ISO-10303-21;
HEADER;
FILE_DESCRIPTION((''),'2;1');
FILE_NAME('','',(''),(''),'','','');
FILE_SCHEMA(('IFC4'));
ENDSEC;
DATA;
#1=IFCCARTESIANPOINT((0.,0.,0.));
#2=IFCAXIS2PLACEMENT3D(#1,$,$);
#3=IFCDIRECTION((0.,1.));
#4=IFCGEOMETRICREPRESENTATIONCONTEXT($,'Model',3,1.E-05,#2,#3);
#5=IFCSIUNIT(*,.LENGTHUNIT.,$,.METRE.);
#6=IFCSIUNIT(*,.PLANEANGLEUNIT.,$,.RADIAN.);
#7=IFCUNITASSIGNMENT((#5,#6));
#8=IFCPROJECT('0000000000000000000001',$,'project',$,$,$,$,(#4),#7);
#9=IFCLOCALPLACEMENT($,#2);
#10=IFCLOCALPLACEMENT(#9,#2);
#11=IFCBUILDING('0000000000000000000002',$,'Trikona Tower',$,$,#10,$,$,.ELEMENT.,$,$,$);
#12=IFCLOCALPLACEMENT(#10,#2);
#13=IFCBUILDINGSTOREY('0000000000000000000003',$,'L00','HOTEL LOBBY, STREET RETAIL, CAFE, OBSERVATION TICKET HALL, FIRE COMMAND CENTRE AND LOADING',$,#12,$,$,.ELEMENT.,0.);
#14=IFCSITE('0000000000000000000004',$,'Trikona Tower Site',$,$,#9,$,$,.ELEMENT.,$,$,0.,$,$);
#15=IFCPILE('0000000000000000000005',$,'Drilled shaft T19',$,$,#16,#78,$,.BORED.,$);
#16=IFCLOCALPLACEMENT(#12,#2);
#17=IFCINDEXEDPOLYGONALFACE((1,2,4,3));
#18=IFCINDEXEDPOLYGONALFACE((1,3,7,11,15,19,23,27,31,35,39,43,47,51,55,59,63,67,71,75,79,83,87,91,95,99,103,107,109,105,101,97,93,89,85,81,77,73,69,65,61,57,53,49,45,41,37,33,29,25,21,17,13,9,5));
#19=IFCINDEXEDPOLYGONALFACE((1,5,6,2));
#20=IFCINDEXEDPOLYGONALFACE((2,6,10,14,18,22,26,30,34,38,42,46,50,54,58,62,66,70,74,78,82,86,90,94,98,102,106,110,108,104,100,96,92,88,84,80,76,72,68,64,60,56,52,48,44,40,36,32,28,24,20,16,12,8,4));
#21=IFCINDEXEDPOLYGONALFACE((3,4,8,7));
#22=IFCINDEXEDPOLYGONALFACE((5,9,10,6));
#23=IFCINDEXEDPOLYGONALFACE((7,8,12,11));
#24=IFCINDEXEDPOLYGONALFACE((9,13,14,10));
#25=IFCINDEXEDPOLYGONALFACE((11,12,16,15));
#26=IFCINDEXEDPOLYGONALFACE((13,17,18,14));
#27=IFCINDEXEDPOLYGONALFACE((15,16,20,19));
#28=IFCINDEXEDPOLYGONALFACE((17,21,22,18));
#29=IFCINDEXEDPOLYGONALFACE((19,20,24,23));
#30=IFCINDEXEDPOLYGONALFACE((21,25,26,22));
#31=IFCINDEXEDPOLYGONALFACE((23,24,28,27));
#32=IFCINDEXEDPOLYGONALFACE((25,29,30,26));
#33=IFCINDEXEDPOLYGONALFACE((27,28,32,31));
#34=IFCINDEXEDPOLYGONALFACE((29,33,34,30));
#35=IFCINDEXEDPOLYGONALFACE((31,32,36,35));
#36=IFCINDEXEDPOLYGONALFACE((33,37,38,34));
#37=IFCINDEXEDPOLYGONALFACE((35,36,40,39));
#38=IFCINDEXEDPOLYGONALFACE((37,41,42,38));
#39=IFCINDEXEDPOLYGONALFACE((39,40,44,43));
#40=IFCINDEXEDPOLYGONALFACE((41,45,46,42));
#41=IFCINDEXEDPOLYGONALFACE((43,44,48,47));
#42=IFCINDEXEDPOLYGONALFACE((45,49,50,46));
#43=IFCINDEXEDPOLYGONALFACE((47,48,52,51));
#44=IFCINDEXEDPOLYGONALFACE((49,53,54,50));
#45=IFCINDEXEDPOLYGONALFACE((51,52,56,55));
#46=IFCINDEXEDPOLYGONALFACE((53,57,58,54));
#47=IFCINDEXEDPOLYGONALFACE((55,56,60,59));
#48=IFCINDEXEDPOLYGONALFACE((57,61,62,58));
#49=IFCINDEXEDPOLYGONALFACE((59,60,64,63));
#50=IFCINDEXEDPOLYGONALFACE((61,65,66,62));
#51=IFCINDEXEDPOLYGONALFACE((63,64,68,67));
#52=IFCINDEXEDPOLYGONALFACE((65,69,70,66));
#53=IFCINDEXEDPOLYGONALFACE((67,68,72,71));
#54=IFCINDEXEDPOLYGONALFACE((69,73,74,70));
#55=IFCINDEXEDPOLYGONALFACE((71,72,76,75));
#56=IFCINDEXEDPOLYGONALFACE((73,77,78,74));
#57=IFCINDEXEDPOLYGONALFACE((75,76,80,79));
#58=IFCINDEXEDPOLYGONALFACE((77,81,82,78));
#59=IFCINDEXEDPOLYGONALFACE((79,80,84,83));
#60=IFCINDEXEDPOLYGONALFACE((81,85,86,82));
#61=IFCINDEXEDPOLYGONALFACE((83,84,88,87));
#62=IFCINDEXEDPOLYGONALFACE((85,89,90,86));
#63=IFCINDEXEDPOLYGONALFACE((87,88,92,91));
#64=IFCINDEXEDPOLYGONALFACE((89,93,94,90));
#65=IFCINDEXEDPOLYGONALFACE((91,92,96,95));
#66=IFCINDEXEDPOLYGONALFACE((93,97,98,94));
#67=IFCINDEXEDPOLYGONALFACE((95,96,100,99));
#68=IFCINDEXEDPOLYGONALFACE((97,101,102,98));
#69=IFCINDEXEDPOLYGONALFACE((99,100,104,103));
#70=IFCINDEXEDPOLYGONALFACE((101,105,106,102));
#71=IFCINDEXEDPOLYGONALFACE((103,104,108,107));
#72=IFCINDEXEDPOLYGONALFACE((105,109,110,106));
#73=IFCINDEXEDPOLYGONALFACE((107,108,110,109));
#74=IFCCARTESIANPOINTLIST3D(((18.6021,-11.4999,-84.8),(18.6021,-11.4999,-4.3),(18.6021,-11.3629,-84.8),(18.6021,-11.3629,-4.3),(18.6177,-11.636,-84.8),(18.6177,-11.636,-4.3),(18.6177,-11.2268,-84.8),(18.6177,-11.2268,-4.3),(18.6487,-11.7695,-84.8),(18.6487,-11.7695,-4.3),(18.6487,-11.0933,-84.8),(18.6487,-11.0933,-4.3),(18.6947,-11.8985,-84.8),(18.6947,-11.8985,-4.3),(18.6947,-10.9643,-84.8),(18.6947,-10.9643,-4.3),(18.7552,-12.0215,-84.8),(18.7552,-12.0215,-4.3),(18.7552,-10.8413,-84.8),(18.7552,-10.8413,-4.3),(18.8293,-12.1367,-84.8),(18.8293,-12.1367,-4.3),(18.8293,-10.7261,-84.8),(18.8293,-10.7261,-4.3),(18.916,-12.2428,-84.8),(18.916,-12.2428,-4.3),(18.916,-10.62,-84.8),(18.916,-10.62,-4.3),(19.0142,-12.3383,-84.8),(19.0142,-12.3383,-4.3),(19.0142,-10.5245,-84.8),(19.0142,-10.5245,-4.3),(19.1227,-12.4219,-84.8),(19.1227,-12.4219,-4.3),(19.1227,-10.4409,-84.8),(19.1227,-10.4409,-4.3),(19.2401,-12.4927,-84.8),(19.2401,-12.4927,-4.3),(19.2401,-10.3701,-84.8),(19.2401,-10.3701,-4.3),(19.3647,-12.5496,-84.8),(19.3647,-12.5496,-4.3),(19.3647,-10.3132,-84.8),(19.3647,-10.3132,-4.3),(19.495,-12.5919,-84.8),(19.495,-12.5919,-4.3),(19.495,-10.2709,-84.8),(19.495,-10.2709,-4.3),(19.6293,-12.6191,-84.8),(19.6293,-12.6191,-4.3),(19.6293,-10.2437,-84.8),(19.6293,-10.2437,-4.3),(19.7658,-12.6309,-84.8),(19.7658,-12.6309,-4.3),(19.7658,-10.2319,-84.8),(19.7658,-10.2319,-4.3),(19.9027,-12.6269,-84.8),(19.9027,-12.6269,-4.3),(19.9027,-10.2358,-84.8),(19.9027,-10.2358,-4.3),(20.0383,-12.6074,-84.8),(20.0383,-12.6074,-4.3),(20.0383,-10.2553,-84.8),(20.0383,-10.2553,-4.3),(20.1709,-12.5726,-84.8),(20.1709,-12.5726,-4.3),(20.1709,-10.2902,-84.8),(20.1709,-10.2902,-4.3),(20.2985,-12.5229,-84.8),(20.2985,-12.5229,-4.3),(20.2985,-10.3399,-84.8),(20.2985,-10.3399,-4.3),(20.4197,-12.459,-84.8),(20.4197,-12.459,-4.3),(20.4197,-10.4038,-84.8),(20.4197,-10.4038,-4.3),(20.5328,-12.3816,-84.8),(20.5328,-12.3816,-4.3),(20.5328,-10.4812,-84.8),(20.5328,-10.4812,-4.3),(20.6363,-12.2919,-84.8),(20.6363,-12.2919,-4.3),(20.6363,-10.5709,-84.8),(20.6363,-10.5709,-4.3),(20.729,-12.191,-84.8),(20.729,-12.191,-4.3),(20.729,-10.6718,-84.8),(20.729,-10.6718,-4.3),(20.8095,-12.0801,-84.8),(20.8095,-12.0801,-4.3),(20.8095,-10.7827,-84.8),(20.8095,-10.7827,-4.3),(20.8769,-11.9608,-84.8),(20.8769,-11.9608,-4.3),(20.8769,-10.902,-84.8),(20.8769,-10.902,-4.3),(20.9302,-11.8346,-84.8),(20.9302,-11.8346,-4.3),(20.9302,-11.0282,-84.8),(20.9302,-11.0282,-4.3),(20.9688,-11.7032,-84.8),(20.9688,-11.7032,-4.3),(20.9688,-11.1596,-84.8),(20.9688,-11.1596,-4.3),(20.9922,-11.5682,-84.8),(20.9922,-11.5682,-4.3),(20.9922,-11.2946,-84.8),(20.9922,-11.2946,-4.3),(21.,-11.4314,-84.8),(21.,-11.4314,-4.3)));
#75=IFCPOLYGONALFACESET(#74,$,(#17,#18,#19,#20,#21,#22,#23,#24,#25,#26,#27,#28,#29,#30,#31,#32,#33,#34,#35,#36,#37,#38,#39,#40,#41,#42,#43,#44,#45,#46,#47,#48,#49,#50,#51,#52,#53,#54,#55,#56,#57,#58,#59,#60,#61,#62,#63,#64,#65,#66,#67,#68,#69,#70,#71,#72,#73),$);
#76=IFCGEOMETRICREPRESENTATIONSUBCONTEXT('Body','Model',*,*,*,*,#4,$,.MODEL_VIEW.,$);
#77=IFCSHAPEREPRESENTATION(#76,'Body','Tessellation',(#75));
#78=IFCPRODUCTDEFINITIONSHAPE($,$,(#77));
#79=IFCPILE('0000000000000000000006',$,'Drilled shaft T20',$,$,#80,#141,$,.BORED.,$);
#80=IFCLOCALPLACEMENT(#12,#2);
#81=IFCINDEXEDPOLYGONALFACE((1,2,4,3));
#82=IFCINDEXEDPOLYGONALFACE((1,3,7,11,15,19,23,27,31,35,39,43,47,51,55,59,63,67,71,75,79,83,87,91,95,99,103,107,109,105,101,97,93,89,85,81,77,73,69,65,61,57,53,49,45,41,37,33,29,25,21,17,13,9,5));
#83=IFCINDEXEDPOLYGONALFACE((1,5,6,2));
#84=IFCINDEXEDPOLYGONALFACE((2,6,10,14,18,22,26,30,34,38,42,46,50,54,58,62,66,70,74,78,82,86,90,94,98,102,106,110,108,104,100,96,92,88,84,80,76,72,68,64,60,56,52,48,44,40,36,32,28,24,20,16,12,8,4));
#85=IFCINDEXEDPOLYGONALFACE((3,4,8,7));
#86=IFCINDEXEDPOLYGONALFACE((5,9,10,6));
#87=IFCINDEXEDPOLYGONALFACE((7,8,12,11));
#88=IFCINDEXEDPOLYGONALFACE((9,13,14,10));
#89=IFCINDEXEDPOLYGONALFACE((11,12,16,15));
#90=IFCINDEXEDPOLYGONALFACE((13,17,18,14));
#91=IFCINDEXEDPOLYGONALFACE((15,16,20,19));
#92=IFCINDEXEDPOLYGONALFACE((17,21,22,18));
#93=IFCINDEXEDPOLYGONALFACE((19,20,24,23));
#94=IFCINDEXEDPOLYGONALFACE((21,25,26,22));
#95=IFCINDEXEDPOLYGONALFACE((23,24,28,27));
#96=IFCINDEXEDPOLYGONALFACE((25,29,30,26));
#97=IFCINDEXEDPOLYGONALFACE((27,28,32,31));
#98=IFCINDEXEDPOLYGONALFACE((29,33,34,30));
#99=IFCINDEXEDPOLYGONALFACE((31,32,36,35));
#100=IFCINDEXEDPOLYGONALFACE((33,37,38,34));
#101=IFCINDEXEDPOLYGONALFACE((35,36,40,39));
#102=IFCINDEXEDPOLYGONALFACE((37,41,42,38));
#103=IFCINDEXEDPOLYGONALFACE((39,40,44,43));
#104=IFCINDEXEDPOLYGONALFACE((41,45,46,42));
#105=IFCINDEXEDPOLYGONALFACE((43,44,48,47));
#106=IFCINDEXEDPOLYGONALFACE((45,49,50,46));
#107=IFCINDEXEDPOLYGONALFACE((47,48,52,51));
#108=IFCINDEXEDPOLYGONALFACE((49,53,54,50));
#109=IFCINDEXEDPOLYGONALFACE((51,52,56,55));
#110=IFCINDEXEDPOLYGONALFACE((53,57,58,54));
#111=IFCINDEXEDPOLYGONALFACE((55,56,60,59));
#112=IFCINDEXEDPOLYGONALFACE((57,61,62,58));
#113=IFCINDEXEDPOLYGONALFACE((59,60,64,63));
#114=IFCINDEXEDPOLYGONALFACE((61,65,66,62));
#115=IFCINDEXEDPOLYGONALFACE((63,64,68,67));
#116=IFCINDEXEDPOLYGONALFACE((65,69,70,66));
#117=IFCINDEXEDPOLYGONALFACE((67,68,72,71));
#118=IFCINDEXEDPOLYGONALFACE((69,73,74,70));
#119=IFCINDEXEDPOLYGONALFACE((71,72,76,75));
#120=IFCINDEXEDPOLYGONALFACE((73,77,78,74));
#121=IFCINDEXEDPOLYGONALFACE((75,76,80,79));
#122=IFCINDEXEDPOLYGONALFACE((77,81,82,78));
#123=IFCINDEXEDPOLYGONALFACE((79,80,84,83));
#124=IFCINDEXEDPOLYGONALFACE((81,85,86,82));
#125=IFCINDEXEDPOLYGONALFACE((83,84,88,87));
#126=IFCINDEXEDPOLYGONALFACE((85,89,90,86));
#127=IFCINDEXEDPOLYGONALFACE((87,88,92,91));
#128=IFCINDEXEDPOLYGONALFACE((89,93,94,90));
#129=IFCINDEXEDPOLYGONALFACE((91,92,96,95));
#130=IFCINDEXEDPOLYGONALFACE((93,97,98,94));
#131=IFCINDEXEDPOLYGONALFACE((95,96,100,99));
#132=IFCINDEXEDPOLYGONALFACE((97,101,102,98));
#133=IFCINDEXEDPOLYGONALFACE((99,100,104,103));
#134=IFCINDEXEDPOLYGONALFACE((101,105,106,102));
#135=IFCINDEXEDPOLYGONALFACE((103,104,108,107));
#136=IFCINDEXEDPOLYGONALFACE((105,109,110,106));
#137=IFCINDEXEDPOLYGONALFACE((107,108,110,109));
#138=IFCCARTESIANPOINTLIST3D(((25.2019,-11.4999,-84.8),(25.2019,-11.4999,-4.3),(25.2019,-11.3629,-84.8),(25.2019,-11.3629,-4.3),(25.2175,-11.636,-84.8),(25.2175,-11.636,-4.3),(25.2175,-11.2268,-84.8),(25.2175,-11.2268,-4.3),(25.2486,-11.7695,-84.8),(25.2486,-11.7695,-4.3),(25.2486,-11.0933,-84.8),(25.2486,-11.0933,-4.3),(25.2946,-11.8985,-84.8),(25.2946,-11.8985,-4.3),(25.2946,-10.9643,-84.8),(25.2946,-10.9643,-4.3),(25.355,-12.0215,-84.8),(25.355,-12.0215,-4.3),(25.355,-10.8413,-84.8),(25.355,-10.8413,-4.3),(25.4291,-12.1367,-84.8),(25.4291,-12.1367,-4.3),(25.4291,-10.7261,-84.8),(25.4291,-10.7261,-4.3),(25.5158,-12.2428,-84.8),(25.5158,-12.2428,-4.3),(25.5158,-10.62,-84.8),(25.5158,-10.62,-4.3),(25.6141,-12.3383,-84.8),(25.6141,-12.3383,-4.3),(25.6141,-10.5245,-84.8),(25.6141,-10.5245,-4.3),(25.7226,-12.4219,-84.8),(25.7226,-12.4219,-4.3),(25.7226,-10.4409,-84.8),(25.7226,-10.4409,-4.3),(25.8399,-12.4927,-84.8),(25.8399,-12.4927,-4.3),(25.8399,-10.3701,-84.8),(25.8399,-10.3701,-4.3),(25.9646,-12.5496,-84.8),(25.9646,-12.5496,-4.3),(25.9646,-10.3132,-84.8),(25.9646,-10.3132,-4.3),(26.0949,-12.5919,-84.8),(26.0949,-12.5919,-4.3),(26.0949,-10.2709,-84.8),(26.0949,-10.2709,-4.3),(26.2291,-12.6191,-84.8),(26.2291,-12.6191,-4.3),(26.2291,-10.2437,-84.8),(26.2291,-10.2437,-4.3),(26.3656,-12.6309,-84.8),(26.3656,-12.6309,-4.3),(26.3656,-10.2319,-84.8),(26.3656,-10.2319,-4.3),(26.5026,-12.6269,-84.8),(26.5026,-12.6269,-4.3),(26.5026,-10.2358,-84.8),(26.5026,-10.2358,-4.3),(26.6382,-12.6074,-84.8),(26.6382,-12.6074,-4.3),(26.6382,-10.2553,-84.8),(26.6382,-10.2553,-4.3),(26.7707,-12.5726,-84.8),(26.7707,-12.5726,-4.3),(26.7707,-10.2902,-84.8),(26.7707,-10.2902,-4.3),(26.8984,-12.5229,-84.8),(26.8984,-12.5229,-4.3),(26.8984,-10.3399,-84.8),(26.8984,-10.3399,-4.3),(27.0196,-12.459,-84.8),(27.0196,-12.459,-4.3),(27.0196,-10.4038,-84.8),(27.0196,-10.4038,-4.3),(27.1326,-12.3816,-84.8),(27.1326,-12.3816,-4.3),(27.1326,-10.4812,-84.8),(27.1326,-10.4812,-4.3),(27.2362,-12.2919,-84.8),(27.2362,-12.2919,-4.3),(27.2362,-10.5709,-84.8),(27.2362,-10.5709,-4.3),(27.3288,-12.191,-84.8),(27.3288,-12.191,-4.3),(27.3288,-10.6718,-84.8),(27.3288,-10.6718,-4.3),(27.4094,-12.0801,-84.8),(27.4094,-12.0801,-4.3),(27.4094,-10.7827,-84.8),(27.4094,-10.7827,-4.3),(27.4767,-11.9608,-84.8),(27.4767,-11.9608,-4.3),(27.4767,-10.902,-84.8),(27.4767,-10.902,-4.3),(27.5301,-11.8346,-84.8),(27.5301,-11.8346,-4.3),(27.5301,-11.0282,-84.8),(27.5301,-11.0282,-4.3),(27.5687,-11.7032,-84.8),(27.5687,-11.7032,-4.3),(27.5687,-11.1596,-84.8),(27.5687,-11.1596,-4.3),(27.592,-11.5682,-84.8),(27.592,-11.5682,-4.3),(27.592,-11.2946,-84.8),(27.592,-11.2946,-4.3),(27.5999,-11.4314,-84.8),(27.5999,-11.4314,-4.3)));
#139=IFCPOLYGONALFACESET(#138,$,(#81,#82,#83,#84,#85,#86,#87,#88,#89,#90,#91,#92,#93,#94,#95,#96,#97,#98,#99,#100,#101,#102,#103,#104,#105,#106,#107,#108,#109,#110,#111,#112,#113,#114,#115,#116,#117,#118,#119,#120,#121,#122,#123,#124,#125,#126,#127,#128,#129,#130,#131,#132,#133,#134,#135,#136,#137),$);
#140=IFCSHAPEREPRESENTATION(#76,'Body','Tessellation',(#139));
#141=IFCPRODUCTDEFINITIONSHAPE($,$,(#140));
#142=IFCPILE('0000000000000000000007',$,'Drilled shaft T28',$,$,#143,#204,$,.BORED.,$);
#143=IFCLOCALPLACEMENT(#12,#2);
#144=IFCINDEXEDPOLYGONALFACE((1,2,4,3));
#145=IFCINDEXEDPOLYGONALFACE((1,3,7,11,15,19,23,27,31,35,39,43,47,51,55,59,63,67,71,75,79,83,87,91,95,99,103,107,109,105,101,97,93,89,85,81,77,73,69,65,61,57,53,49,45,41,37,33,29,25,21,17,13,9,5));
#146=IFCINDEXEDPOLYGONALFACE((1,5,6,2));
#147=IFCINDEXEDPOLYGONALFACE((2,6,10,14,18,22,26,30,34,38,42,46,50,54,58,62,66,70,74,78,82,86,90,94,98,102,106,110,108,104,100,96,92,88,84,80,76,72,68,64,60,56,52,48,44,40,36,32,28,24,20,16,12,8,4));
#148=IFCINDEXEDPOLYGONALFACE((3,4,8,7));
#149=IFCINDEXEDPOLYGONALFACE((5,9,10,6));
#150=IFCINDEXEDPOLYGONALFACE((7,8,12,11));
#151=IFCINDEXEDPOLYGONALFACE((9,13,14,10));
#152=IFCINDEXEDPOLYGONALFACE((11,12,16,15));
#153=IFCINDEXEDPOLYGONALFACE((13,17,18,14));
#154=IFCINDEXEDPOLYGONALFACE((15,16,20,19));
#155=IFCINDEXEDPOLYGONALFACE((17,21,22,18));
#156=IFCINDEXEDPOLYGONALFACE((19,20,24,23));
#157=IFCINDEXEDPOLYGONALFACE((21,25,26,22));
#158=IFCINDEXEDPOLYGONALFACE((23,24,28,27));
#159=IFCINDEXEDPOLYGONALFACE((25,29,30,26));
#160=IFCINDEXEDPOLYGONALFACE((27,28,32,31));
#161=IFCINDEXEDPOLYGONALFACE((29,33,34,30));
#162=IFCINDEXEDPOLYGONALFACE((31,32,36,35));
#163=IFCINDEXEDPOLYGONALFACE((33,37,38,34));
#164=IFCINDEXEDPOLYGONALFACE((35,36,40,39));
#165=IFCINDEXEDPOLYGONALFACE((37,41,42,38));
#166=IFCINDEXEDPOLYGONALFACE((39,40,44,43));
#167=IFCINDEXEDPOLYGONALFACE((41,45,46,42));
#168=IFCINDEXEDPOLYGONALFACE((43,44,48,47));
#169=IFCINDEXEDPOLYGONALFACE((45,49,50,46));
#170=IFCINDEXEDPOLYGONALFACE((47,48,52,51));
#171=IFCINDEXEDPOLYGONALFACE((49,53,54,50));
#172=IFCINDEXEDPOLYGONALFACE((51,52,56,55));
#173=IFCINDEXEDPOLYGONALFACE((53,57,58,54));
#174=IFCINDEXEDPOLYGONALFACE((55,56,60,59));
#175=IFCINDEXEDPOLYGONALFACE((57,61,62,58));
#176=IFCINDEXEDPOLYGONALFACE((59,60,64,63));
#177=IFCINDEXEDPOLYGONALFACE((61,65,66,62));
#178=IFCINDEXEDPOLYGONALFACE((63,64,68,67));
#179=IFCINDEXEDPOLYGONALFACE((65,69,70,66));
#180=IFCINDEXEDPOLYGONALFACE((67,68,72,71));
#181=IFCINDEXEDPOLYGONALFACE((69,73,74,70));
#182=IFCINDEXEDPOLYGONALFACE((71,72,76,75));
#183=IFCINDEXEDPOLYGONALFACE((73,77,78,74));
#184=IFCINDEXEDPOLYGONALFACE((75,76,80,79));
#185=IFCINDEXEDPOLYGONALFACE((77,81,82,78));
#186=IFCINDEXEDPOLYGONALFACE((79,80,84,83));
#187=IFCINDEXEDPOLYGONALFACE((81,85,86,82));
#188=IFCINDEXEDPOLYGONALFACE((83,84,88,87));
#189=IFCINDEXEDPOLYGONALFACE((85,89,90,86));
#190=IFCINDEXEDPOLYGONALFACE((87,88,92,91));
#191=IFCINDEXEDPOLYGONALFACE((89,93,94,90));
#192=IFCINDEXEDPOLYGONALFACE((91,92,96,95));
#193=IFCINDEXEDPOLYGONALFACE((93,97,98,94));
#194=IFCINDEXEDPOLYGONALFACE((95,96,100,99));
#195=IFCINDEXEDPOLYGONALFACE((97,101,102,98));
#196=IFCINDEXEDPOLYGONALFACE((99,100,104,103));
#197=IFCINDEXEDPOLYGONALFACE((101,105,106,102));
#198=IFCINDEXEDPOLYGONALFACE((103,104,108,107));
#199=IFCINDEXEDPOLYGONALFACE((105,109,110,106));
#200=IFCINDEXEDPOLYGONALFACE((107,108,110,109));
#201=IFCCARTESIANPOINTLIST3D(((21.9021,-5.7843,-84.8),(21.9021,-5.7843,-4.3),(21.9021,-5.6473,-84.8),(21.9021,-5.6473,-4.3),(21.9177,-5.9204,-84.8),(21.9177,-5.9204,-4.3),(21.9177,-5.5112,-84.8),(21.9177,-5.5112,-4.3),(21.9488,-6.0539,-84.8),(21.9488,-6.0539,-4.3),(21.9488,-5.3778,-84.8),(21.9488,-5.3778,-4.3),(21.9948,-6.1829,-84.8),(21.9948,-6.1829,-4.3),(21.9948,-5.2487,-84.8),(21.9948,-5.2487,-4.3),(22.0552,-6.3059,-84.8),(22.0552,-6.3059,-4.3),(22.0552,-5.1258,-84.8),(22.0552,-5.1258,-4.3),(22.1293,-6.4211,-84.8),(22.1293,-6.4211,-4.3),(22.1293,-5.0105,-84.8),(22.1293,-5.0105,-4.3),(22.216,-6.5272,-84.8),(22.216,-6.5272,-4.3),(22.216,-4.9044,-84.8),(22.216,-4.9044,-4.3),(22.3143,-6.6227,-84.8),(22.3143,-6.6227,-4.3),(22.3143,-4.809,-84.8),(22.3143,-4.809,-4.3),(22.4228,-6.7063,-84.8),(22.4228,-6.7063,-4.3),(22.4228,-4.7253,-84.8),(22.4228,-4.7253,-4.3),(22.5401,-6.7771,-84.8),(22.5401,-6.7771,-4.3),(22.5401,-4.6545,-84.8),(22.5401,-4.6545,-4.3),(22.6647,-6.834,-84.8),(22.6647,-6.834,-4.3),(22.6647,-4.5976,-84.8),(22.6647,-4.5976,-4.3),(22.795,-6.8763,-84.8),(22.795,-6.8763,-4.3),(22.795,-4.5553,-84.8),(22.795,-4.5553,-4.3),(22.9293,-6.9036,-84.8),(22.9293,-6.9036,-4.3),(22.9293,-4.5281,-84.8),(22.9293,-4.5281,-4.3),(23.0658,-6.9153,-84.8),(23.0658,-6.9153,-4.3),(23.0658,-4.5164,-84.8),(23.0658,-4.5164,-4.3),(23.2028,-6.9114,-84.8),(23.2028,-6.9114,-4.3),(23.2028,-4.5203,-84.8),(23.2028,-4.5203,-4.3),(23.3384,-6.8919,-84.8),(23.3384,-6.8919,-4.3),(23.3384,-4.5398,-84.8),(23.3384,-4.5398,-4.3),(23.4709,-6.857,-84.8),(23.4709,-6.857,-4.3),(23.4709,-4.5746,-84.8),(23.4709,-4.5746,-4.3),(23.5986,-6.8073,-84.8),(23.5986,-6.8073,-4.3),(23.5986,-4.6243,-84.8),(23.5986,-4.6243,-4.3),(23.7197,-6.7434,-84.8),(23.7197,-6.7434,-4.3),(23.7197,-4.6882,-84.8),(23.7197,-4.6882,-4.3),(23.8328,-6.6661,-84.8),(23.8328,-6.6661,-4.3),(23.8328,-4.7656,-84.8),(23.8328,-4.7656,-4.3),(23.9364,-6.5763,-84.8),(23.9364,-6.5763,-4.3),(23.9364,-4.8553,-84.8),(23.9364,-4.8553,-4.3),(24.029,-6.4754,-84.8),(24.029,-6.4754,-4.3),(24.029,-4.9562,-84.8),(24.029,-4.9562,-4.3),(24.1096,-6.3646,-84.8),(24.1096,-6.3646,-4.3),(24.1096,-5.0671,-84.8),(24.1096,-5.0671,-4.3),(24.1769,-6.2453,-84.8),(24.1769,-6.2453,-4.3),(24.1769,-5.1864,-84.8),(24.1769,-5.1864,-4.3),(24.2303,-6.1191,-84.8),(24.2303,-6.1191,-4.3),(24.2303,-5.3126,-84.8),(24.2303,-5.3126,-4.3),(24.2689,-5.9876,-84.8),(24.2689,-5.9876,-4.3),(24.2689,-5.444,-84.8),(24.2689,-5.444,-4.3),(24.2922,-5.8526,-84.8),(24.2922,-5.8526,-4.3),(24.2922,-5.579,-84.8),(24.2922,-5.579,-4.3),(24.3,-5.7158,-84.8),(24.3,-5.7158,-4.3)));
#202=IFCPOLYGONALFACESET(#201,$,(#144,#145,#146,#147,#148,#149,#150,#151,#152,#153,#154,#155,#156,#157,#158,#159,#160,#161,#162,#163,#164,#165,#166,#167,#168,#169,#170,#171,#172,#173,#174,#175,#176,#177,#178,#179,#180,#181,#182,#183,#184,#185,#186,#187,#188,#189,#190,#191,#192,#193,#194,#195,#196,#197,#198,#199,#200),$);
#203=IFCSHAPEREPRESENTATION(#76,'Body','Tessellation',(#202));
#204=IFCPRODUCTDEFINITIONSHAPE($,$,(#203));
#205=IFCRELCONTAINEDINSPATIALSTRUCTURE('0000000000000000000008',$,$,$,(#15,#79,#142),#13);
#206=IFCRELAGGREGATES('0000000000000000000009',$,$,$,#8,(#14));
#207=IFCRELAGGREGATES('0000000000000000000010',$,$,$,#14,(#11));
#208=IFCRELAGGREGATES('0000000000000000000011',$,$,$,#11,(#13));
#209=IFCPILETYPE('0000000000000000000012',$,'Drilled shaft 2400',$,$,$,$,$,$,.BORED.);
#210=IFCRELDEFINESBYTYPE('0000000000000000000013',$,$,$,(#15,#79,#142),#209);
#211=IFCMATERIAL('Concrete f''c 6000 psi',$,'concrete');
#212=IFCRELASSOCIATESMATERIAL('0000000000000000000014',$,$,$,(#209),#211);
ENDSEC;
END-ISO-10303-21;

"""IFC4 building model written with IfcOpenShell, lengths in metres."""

from ifc_helpers import new_model, si_unit, direction, frame, origin, origin_2d, place, context, subcontext, project, spatial, circle, extrude, material, type_object, element, save


model = new_model("IFC4")

# Units and contexts
model_context = context("Model", 3, precision=1e-05, world=origin(), true_north=direction((0.0, 1.0)))
body_context = subcontext(model_context, "Body", "Model", "MODEL_VIEW")
ifc_project = project(units=[si_unit("LENGTHUNIT", "METRE"), si_unit("PLANEANGLEUNIT", "RADIAN")], contexts=[model_context])

# Site, building, storey
site_placement = place(None, origin())
site = spatial("IfcSite", under=ifc_project, at=site_placement, Name="Trikona Tower Site", CompositionType="ELEMENT", RefElevation=0.0)
building_placement = place(site_placement, origin())
building = spatial("IfcBuilding", under=site, at=building_placement, Name="Trikona Tower", CompositionType="ELEMENT")
storey_placement = place(building_placement, origin())
storey = spatial("IfcBuildingStorey", under=building, at=storey_placement, Name="L00", Description="HOTEL LOBBY, STREET RETAIL, CAFE, OBSERVATION TICKET HALL, FIRE COMMAND CENTRE AND LOADING", CompositionType="ELEMENT", Elevation=0.0)

# Piles
ifc_material_1 = material(Name="Concrete f'c 6000 psi", Category="concrete")
pile_type_1 = type_object("IfcPileType", Name="Drilled shaft 2400", PredefinedType="BORED", material=ifc_material_1)
for number, where, z_axis, x_axis, name in (
    (1, (19.8, -11.4314, -4.3), (0.0, 0.0, -1.0), (1.0, 0.0, 0.0), "Drilled shaft T19"),
    (2, (26.3999, -11.4314, -4.3), (0.0, 0.0, -1.0), (1.0, 0.0, 0.0), "Drilled shaft T20"),
    (3, (23.1001, -5.7158, -4.3), (0.0, 0.0, -1.0), (1.0, 0.0, 0.0), "Drilled shaft T28"),
):
    element("IfcPile", number, at=place(storey_placement, frame(where, z_axis=z_axis, x_axis=x_axis)), inside=storey, type_object=pile_type_1, Name=name, PredefinedType="BORED", context=body_context, shape_type="SweptSolid", body=[
        extrude(circle(Radius=1.2, at=origin_2d()), origin(), (0.0, 0.0, 1.0), 80.5),
    ])

save(model, "model.ifc")
